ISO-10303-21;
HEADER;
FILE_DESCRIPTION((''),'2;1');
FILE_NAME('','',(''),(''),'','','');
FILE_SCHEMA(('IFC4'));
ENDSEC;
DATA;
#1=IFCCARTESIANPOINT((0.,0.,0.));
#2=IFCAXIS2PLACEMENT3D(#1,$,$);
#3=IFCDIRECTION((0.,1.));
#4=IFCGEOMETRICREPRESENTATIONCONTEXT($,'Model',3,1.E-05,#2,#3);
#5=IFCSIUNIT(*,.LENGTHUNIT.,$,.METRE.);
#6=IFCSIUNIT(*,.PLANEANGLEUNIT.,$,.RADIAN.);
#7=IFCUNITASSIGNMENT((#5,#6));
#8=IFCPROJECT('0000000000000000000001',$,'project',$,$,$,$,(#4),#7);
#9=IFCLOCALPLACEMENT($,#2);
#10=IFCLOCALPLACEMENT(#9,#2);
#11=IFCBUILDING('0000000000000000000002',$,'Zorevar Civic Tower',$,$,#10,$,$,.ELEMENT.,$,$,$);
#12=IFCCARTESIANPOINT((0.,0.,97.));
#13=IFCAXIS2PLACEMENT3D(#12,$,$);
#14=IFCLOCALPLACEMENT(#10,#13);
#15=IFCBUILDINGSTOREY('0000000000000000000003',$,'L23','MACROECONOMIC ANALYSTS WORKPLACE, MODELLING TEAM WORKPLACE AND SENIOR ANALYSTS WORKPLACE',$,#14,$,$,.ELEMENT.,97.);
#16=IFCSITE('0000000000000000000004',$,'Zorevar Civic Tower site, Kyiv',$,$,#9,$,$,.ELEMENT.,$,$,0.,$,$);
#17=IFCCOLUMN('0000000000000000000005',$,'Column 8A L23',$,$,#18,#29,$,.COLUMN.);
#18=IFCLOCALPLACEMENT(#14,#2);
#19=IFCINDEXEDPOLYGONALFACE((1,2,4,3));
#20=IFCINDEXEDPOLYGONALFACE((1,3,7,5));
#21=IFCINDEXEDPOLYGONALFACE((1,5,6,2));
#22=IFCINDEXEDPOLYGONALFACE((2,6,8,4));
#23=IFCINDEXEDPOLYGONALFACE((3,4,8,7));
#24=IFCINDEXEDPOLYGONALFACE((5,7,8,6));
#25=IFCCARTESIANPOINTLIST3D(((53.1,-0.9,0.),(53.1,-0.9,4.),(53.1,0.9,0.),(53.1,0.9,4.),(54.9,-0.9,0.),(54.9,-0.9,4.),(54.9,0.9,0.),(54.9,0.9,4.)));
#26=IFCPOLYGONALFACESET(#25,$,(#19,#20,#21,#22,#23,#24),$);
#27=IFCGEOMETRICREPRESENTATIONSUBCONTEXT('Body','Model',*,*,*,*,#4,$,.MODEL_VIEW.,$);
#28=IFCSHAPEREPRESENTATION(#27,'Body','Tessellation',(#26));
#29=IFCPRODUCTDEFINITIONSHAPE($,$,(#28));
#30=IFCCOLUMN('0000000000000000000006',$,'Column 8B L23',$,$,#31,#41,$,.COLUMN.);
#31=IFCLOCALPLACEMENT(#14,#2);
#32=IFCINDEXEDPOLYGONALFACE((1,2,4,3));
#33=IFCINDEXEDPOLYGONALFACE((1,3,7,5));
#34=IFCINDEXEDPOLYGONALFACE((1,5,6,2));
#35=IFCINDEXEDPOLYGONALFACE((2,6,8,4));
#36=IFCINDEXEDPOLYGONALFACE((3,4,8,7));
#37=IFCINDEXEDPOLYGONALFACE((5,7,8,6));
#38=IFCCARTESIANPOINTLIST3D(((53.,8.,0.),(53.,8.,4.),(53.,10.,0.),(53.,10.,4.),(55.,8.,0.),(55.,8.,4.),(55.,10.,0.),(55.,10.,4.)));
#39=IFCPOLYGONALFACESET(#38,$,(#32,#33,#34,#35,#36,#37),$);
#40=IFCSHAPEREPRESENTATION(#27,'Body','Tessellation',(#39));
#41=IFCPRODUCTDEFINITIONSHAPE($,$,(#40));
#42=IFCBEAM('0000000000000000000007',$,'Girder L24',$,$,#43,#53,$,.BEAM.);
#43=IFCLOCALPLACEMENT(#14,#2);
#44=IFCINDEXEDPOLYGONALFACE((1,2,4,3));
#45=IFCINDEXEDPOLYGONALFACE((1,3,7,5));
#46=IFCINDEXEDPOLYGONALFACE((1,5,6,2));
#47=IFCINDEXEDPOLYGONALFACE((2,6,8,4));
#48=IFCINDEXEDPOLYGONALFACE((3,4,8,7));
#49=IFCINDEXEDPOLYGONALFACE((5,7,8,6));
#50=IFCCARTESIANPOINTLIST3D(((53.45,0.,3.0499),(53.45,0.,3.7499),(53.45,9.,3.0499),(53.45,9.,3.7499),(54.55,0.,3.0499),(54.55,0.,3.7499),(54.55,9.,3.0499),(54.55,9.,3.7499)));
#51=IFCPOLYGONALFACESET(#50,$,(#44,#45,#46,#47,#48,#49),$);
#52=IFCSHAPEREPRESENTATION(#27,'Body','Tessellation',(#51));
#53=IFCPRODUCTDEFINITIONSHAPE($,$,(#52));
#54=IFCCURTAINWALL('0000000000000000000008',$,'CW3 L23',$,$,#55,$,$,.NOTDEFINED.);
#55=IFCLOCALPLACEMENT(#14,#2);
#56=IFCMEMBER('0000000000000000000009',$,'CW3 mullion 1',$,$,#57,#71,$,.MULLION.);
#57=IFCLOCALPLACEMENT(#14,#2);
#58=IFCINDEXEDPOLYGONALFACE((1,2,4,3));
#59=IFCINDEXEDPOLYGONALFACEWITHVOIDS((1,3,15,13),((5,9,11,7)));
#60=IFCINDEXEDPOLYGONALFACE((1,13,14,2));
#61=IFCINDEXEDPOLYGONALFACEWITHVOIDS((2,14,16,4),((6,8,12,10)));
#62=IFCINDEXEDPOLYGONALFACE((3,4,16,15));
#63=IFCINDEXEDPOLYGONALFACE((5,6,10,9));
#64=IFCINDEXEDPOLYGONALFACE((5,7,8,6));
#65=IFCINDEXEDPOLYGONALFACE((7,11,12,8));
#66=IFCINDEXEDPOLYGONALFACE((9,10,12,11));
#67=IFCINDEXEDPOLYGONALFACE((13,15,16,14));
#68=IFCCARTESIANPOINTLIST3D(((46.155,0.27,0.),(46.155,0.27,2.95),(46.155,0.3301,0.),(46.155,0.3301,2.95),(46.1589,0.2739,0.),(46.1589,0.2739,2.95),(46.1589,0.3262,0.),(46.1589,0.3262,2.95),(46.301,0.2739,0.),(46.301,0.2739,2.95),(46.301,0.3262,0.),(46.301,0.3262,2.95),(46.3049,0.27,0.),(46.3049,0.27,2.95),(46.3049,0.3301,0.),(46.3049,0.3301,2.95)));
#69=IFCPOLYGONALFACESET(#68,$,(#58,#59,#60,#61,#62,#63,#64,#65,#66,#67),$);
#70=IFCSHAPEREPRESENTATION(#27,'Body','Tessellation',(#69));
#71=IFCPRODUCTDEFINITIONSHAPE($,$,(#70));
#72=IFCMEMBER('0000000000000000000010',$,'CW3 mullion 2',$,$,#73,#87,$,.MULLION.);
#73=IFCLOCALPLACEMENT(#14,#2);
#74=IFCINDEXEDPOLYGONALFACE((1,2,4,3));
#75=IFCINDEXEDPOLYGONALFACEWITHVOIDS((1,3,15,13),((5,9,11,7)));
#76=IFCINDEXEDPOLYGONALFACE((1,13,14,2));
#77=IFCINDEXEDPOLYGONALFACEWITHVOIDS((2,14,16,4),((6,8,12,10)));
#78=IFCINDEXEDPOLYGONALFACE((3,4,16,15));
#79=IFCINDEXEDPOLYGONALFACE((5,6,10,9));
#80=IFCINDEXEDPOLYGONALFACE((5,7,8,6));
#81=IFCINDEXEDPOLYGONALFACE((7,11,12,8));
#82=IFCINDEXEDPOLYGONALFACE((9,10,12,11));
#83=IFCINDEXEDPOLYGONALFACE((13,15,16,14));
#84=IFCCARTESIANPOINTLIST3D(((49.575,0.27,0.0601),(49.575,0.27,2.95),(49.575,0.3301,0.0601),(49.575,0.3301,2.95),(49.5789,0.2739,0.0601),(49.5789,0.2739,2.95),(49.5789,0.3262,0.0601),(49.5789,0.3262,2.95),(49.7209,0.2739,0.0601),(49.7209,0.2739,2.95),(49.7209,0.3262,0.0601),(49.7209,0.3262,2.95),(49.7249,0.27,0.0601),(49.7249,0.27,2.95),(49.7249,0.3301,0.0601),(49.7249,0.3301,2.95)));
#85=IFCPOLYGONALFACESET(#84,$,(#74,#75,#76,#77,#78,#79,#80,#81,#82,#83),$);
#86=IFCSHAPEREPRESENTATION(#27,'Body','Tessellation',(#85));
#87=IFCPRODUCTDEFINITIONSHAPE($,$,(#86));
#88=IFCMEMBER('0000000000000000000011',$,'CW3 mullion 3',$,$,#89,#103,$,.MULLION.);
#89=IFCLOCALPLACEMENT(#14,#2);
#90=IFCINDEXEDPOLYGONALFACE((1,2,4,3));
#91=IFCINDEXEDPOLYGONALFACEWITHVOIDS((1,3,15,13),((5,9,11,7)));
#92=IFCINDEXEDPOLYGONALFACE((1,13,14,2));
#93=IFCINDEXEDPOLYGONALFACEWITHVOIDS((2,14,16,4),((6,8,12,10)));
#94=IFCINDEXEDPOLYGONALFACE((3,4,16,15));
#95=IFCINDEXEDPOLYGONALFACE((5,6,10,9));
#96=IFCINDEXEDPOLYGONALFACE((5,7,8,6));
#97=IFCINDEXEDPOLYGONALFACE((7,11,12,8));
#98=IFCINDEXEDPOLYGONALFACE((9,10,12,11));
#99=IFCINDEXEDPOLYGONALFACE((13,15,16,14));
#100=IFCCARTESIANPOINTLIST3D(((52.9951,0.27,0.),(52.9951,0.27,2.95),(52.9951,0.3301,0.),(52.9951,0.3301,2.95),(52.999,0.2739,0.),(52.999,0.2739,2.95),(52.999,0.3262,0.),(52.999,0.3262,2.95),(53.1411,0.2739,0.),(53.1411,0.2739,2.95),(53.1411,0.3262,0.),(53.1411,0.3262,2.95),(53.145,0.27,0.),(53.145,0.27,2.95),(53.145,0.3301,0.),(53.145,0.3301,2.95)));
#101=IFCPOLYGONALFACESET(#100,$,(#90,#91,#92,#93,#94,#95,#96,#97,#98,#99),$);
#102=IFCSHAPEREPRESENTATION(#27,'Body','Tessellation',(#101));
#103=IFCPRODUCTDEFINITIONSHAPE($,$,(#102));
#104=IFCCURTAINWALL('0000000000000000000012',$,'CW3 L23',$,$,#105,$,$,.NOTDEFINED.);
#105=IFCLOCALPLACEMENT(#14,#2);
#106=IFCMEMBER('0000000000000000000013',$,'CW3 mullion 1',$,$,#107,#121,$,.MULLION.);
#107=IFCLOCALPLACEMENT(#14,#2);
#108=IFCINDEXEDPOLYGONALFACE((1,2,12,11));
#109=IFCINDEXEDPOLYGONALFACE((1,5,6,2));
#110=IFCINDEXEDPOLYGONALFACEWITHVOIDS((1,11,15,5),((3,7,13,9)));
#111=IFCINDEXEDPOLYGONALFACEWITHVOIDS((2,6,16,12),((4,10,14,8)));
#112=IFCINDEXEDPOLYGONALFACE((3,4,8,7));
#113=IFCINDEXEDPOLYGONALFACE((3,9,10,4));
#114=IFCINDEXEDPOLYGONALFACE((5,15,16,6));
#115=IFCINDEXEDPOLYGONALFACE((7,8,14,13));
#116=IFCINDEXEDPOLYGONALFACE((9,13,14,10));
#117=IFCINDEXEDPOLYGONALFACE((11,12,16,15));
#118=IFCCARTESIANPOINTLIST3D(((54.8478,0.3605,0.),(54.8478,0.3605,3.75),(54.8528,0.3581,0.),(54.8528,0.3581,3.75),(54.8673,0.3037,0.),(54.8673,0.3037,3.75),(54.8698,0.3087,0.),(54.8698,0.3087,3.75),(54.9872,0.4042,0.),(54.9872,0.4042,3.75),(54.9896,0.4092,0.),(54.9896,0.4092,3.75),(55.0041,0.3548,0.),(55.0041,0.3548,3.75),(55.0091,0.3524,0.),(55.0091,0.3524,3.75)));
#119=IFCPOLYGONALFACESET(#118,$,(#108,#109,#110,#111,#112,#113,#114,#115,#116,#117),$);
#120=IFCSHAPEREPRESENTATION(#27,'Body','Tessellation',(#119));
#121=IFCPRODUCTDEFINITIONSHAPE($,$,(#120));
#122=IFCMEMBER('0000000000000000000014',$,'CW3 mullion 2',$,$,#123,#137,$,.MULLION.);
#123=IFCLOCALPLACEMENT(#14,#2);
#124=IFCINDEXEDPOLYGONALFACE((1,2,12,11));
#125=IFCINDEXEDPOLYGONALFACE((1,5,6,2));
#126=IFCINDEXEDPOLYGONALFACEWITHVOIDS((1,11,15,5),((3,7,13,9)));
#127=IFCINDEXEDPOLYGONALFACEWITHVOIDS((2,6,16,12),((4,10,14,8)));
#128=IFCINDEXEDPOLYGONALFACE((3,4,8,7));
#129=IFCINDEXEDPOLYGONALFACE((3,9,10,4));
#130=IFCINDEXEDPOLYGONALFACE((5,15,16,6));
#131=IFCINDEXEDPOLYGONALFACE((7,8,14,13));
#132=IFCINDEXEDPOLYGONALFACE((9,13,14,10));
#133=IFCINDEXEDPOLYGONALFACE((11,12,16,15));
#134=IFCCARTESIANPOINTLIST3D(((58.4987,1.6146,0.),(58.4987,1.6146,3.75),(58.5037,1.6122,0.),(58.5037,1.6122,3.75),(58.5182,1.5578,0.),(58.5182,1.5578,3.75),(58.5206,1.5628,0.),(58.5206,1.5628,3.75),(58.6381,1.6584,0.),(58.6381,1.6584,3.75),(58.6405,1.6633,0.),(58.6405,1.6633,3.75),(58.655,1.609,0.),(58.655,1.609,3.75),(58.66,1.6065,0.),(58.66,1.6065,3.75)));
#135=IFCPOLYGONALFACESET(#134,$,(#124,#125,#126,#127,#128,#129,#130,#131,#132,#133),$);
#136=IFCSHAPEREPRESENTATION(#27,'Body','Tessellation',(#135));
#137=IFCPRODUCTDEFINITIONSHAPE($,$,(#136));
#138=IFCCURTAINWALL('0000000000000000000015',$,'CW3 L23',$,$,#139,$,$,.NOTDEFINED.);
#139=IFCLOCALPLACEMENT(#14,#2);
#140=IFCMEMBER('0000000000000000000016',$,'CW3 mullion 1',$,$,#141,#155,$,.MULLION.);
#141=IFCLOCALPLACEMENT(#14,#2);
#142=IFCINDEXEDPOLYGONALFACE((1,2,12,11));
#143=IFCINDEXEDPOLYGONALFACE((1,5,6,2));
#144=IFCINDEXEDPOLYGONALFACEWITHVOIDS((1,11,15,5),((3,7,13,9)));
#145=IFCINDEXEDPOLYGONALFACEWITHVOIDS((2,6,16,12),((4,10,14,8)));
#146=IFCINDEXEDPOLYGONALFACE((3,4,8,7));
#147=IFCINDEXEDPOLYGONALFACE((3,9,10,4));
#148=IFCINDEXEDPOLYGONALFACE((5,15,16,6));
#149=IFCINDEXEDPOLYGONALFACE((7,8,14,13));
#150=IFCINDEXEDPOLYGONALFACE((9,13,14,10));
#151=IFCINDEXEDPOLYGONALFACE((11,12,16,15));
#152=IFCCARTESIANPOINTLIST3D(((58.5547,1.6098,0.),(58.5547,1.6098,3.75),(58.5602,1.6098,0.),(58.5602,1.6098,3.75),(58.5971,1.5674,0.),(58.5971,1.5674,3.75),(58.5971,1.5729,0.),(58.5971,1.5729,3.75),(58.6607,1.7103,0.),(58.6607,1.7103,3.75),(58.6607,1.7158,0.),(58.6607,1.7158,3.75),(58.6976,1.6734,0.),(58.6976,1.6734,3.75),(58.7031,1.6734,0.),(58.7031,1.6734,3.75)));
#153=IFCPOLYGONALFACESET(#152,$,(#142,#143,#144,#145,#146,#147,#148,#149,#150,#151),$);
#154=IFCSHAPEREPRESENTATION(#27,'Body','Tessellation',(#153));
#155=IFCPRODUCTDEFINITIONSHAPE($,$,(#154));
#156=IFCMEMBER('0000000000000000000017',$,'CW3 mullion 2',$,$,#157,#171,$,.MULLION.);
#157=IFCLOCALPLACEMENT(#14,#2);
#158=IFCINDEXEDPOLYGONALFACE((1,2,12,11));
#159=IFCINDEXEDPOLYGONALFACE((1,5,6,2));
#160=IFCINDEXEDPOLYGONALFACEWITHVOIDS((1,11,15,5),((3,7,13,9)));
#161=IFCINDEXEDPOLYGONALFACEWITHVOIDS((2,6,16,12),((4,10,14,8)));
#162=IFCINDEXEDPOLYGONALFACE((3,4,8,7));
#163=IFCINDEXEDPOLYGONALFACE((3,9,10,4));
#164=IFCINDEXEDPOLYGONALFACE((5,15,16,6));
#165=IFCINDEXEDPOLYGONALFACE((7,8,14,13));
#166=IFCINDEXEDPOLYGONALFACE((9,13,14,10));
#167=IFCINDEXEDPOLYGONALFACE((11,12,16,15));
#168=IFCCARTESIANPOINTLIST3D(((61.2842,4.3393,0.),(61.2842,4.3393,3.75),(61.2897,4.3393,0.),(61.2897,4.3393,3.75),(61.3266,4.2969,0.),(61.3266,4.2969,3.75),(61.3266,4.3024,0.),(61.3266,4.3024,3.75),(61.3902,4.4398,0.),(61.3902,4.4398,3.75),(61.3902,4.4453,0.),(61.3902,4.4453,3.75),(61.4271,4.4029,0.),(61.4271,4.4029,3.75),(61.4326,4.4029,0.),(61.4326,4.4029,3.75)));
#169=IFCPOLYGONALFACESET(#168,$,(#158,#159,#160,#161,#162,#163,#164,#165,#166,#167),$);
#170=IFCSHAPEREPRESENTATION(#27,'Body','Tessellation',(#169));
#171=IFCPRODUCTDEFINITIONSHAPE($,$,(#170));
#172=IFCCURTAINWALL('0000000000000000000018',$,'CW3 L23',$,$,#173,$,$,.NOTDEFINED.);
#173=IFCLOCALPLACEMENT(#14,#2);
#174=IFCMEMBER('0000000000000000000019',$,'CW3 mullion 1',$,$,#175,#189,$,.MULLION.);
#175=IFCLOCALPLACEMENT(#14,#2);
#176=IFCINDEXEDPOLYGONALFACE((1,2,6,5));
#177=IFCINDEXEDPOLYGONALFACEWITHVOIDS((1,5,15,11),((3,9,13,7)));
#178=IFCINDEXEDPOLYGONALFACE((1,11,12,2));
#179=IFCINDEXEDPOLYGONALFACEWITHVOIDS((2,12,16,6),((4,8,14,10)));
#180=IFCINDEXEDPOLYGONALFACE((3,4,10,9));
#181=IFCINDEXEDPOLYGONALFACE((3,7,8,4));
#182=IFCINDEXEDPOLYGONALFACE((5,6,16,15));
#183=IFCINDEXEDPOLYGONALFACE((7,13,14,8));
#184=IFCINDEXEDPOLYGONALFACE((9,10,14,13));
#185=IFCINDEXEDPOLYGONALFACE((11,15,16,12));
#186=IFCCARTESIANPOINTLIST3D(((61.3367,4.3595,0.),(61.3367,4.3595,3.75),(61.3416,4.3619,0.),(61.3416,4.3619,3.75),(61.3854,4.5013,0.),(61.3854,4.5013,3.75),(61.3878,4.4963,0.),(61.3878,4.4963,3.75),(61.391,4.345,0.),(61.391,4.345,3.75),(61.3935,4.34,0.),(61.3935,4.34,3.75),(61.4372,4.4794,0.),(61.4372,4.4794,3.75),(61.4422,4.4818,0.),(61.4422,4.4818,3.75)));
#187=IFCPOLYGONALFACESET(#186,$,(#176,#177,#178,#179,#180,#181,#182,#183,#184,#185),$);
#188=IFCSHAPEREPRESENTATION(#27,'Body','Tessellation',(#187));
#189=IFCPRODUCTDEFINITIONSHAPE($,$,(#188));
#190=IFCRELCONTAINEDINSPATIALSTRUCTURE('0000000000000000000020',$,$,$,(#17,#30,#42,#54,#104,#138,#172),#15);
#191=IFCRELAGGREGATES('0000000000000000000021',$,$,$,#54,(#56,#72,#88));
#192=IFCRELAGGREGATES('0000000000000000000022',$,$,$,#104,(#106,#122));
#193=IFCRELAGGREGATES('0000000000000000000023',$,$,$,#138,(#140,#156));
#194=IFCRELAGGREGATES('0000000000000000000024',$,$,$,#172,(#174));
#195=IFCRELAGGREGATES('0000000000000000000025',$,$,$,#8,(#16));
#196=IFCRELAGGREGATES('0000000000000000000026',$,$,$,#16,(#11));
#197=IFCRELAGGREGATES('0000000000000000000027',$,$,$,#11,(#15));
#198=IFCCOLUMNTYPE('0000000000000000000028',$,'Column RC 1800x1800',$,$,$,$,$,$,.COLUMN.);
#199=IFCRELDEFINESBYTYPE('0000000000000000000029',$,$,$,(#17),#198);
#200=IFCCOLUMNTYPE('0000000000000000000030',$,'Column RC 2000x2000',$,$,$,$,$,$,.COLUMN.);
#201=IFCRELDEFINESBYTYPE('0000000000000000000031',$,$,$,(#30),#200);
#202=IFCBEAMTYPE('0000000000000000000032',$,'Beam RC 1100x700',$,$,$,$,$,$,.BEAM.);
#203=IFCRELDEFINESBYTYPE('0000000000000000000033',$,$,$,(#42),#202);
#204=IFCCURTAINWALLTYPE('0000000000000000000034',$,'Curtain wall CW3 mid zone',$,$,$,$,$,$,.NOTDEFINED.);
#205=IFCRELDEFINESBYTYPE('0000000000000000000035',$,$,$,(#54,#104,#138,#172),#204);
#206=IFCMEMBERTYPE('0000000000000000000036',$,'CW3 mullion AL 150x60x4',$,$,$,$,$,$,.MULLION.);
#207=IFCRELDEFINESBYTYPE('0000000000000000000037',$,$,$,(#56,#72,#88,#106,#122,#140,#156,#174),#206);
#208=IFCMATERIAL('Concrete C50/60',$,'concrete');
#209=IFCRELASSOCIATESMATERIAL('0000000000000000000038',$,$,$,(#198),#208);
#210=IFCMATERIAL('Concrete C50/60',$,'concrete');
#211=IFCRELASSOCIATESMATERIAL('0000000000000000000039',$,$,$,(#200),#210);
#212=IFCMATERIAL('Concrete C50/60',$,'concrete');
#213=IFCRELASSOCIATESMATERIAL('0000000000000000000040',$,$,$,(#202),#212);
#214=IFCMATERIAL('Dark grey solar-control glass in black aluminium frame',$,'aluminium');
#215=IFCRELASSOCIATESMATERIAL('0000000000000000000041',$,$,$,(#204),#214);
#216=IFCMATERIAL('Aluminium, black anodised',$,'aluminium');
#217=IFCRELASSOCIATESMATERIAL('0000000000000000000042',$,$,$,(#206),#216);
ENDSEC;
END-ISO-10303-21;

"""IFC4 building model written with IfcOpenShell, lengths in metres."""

from ifc_helpers import new_model, si_unit, direction, frame, origin, origin_2d, place, context, subcontext, project, spatial, rectangle, hollow_rectangle, extrude, material, material_profile, profile_set, type_object, element, aggregate, save


model = new_model("IFC4")

# Units and contexts
model_context = context("Model", 3, precision=1e-05, world=origin(), true_north=direction((0.0, 1.0)))
body_context = subcontext(model_context, "Body", "Model", "MODEL_VIEW")
ifc_project = project(units=[si_unit("LENGTHUNIT", "METRE"), si_unit("PLANEANGLEUNIT", "RADIAN")], contexts=[model_context])

# Site, building, storey
site_placement = place(None, origin())
site = spatial("IfcSite", under=ifc_project, at=site_placement, Name="Zorevar Civic Tower site, Kyiv", CompositionType="ELEMENT", RefElevation=0.0)
building_placement = place(site_placement, origin())
building = spatial("IfcBuilding", under=site, at=building_placement, Name="Zorevar Civic Tower", CompositionType="ELEMENT")
storey_placement = place(building_placement, frame((0.0, 0.0, 97.0)))
storey = spatial("IfcBuildingStorey", under=building, at=storey_placement, Name="L23", Description="MACROECONOMIC ANALYSTS WORKPLACE, MODELLING TEAM WORKPLACE AND SENIOR ANALYSTS WORKPLACE", CompositionType="ELEMENT", Elevation=97.0)

# Columns
ifc_material_1 = material(Name="Concrete C50/60", Category="concrete")
ifc_material_profile_1 = material_profile(ifc_material_1, rectangle(XDim=1.8, YDim=1.8, at=origin_2d()), Name="RC 1800x1800")
ifc_profile_set_1 = profile_set([ifc_material_profile_1], Name="Concrete C50/60")
column_type_1 = type_object("IfcColumnType", Name="Column RC 1800x1800", PredefinedType="COLUMN", material=ifc_profile_set_1)
column_1_placement = place(storey_placement, frame((54.0, 0.0, 0.0), z_axis=(0.0, 0.0, 1.0), x_axis=(1.0, 0.0, 0.0)))
element("IfcColumn", 1, at=column_1_placement, inside=storey, type_object=column_type_1, Name="Column 8A L23", PredefinedType="COLUMN", context=body_context, shape_type="SweptSolid", body=[
    extrude(rectangle(XDim=1.8, YDim=1.8, at=origin_2d()), origin(), (0.0, 0.0, 1.0), 4.0),
])
ifc_material_2 = material(Name="Concrete C50/60", Category="concrete")
ifc_material_profile_2 = material_profile(ifc_material_2, rectangle(XDim=2.0, YDim=2.0, at=origin_2d()), Name="RC 2000x2000")
ifc_profile_set_2 = profile_set([ifc_material_profile_2], Name="Concrete C50/60")
column_type_2 = type_object("IfcColumnType", Name="Column RC 2000x2000", PredefinedType="COLUMN", material=ifc_profile_set_2)
column_2_placement = place(storey_placement, frame((54.0, 9.0, 0.0), z_axis=(0.0, 0.0, 1.0), x_axis=(1.0, 0.0, 0.0)))
element("IfcColumn", 2, at=column_2_placement, inside=storey, type_object=column_type_2, Name="Column 8B L23", PredefinedType="COLUMN", context=body_context, shape_type="SweptSolid", body=[
    extrude(rectangle(XDim=2.0, YDim=2.0, at=origin_2d()), origin(), (0.0, 0.0, 1.0), 4.0),
])

# Beam
ifc_material_3 = material(Name="Concrete C50/60", Category="concrete")
ifc_material_profile_3 = material_profile(ifc_material_3, rectangle(XDim=1.1001, YDim=0.7, at=origin_2d()), Name="RC 1100x700")
ifc_profile_set_3 = profile_set([ifc_material_profile_3], Name="Concrete C50/60")
beam_type_1 = type_object("IfcBeamType", Name="Beam RC 1100x700", PredefinedType="BEAM", material=ifc_profile_set_3)
beam_1_placement = place(storey_placement, frame((54.0, 0.0, 3.3999), z_axis=(0.0, 1.0, 0.0), x_axis=(-1.0, 0.0, 0.0)))
element("IfcBeam", 3, at=beam_1_placement, inside=storey, type_object=beam_type_1, Name="Girder L24", PredefinedType="BEAM", context=body_context, shape_type="SweptSolid", body=[
    extrude(rectangle(XDim=1.1001, YDim=0.7, at=origin_2d()), origin(), (0.0, 0.0, 1.0), 9.0),
])

# Curtain walls, members
ifc_material_4 = material(Name="Dark grey solar-control glass in black aluminium frame", Category="aluminium")
curtain_wall_type = type_object("IfcCurtainWallType", Name="Curtain wall CW3 mid zone", PredefinedType="NOTDEFINED", material=ifc_material_4)
curtain_wall_1_placement = place(storey_placement, origin())
curtain_wall_1 = element("IfcCurtainWall", 4, at=curtain_wall_1_placement, inside=storey, type_object=curtain_wall_type, Name="CW3 L23", PredefinedType="NOTDEFINED")
ifc_material_5 = material(Name="Aluminium, black anodised", Category="aluminium")
ifc_material_profile_4 = material_profile(ifc_material_5, hollow_rectangle(XDim=0.0601, YDim=0.1499, WallThickness=0.0039, at=origin_2d()), Name="AL 150x60x4")
ifc_profile_set_4 = profile_set([ifc_material_profile_4], Name="Aluminium, black anodised")
member_type_1 = type_object("IfcMemberType", Name="CW3 mullion AL 150x60x4", PredefinedType="MULLION", material=ifc_profile_set_4)
member_1_placement = place(storey_placement, frame((46.23, 0.3, 0.0), z_axis=(0.0, 0.0, 1.0), x_axis=(0.0, 1.0, 0.0)))
member_1 = element("IfcMember", 5, at=member_1_placement, type_object=member_type_1, Name="CW3 mullion 1", PredefinedType="MULLION", context=body_context, shape_type="SweptSolid", body=[
    extrude(hollow_rectangle(XDim=0.0601, YDim=0.1499, WallThickness=0.0039, at=origin_2d()), origin(), (0.0, 0.0, 1.0), 2.95),
])
member_2_placement = place(storey_placement, frame((49.6499, 0.3, 0.0601), z_axis=(0.0, 0.0, 1.0), x_axis=(0.0, 1.0, 0.0)))
member_2 = element("IfcMember", 6, at=member_2_placement, type_object=member_type_1, Name="CW3 mullion 2", PredefinedType="MULLION", context=body_context, shape_type="SweptSolid", body=[
    extrude(hollow_rectangle(XDim=0.0601, YDim=0.1499, WallThickness=0.0039, at=origin_2d()), origin(), (0.0, 0.0, 1.0), 2.8899),
])
member_3_placement = place(storey_placement, frame((53.0701, 0.3, 0.0), z_axis=(0.0, 0.0, 1.0), x_axis=(0.0, 1.0, 0.0)))
member_3 = element("IfcMember", 7, at=member_3_placement, type_object=member_type_1, Name="CW3 mullion 3", PredefinedType="MULLION", context=body_context, shape_type="SweptSolid", body=[
    extrude(hollow_rectangle(XDim=0.0601, YDim=0.1499, WallThickness=0.0039, at=origin_2d()), origin(), (0.0, 0.0, 1.0), 2.95),
])
curtain_wall_2_placement = place(storey_placement, origin())
curtain_wall_2 = element("IfcCurtainWall", 8, at=curtain_wall_2_placement, inside=storey, type_object=curtain_wall_type, Name="CW3 L23", PredefinedType="NOTDEFINED")
member_4_placement = place(storey_placement, frame((54.9285, 0.3564, 0.0), z_axis=(0.0, 0.0, 1.0), x_axis=(-0.324878, 0.945756, 0.0)))
member_4 = element("IfcMember", 9, at=member_4_placement, type_object=member_type_1, Name="CW3 mullion 1", PredefinedType="MULLION", context=body_context, shape_type="SweptSolid", body=[
    extrude(hollow_rectangle(XDim=0.0601, YDim=0.1499, WallThickness=0.0039, at=origin_2d()), origin(), (0.0, 0.0, 1.0), 3.75),
])
member_5_placement = place(storey_placement, frame((58.5793, 1.6106, 0.0), z_axis=(0.0, 0.0, 1.0), x_axis=(-0.324878, 0.945756, 0.0)))
member_5 = element("IfcMember", 10, at=member_5_placement, type_object=member_type_1, Name="CW3 mullion 2", PredefinedType="MULLION", context=body_context, shape_type="SweptSolid", body=[
    extrude(hollow_rectangle(XDim=0.0601, YDim=0.1499, WallThickness=0.0039, at=origin_2d()), origin(), (0.0, 0.0, 1.0), 3.75),
])
curtain_wall_3_placement = place(storey_placement, origin())
curtain_wall_3 = element("IfcCurtainWall", 11, at=curtain_wall_3_placement, inside=storey, type_object=curtain_wall_type, Name="CW3 L23", PredefinedType="NOTDEFINED")
member_6_placement = place(storey_placement, frame((58.6289, 1.6416, 0.0), z_axis=(0.0, 0.0, 1.0), x_axis=(-0.707107, 0.707107, 0.0)))
member_6 = element("IfcMember", 12, at=member_6_placement, type_object=member_type_1, Name="CW3 mullion 1", PredefinedType="MULLION", context=body_context, shape_type="SweptSolid", body=[
    extrude(hollow_rectangle(XDim=0.0601, YDim=0.1499, WallThickness=0.0039, at=origin_2d()), origin(), (0.0, 0.0, 1.0), 3.75),
])
member_7_placement = place(storey_placement, frame((61.3584, 4.3711, 0.0), z_axis=(0.0, 0.0, 1.0), x_axis=(-0.707107, 0.707107, 0.0)))
member_7 = element("IfcMember", 13, at=member_7_placement, type_object=member_type_1, Name="CW3 mullion 2", PredefinedType="MULLION", context=body_context, shape_type="SweptSolid", body=[
    extrude(hollow_rectangle(XDim=0.0601, YDim=0.1499, WallThickness=0.0039, at=origin_2d()), origin(), (0.0, 0.0, 1.0), 3.75),
])
curtain_wall_4_placement = place(storey_placement, origin())
curtain_wall_4 = element("IfcCurtainWall", 14, at=curtain_wall_4_placement, inside=storey, type_object=curtain_wall_type, Name="CW3 L23", PredefinedType="NOTDEFINED")
member_8_placement = place(storey_placement, frame((61.3894, 4.4207, 0.0), z_axis=(0.0, 0.0, 1.0), x_axis=(-0.945756, 0.324878, 0.0)))
member_8 = element("IfcMember", 15, at=member_8_placement, type_object=member_type_1, Name="CW3 mullion 1", PredefinedType="MULLION", context=body_context, shape_type="SweptSolid", body=[
    extrude(hollow_rectangle(XDim=0.0601, YDim=0.1499, WallThickness=0.0039, at=origin_2d()), origin(), (0.0, 0.0, 1.0), 3.75),
])

aggregate(curtain_wall_1, [member_1, member_2, member_3])
aggregate(curtain_wall_2, [member_4, member_5])
aggregate(curtain_wall_3, [member_6, member_7])
aggregate(curtain_wall_4, [member_8])

save(model, "model.ifc")
